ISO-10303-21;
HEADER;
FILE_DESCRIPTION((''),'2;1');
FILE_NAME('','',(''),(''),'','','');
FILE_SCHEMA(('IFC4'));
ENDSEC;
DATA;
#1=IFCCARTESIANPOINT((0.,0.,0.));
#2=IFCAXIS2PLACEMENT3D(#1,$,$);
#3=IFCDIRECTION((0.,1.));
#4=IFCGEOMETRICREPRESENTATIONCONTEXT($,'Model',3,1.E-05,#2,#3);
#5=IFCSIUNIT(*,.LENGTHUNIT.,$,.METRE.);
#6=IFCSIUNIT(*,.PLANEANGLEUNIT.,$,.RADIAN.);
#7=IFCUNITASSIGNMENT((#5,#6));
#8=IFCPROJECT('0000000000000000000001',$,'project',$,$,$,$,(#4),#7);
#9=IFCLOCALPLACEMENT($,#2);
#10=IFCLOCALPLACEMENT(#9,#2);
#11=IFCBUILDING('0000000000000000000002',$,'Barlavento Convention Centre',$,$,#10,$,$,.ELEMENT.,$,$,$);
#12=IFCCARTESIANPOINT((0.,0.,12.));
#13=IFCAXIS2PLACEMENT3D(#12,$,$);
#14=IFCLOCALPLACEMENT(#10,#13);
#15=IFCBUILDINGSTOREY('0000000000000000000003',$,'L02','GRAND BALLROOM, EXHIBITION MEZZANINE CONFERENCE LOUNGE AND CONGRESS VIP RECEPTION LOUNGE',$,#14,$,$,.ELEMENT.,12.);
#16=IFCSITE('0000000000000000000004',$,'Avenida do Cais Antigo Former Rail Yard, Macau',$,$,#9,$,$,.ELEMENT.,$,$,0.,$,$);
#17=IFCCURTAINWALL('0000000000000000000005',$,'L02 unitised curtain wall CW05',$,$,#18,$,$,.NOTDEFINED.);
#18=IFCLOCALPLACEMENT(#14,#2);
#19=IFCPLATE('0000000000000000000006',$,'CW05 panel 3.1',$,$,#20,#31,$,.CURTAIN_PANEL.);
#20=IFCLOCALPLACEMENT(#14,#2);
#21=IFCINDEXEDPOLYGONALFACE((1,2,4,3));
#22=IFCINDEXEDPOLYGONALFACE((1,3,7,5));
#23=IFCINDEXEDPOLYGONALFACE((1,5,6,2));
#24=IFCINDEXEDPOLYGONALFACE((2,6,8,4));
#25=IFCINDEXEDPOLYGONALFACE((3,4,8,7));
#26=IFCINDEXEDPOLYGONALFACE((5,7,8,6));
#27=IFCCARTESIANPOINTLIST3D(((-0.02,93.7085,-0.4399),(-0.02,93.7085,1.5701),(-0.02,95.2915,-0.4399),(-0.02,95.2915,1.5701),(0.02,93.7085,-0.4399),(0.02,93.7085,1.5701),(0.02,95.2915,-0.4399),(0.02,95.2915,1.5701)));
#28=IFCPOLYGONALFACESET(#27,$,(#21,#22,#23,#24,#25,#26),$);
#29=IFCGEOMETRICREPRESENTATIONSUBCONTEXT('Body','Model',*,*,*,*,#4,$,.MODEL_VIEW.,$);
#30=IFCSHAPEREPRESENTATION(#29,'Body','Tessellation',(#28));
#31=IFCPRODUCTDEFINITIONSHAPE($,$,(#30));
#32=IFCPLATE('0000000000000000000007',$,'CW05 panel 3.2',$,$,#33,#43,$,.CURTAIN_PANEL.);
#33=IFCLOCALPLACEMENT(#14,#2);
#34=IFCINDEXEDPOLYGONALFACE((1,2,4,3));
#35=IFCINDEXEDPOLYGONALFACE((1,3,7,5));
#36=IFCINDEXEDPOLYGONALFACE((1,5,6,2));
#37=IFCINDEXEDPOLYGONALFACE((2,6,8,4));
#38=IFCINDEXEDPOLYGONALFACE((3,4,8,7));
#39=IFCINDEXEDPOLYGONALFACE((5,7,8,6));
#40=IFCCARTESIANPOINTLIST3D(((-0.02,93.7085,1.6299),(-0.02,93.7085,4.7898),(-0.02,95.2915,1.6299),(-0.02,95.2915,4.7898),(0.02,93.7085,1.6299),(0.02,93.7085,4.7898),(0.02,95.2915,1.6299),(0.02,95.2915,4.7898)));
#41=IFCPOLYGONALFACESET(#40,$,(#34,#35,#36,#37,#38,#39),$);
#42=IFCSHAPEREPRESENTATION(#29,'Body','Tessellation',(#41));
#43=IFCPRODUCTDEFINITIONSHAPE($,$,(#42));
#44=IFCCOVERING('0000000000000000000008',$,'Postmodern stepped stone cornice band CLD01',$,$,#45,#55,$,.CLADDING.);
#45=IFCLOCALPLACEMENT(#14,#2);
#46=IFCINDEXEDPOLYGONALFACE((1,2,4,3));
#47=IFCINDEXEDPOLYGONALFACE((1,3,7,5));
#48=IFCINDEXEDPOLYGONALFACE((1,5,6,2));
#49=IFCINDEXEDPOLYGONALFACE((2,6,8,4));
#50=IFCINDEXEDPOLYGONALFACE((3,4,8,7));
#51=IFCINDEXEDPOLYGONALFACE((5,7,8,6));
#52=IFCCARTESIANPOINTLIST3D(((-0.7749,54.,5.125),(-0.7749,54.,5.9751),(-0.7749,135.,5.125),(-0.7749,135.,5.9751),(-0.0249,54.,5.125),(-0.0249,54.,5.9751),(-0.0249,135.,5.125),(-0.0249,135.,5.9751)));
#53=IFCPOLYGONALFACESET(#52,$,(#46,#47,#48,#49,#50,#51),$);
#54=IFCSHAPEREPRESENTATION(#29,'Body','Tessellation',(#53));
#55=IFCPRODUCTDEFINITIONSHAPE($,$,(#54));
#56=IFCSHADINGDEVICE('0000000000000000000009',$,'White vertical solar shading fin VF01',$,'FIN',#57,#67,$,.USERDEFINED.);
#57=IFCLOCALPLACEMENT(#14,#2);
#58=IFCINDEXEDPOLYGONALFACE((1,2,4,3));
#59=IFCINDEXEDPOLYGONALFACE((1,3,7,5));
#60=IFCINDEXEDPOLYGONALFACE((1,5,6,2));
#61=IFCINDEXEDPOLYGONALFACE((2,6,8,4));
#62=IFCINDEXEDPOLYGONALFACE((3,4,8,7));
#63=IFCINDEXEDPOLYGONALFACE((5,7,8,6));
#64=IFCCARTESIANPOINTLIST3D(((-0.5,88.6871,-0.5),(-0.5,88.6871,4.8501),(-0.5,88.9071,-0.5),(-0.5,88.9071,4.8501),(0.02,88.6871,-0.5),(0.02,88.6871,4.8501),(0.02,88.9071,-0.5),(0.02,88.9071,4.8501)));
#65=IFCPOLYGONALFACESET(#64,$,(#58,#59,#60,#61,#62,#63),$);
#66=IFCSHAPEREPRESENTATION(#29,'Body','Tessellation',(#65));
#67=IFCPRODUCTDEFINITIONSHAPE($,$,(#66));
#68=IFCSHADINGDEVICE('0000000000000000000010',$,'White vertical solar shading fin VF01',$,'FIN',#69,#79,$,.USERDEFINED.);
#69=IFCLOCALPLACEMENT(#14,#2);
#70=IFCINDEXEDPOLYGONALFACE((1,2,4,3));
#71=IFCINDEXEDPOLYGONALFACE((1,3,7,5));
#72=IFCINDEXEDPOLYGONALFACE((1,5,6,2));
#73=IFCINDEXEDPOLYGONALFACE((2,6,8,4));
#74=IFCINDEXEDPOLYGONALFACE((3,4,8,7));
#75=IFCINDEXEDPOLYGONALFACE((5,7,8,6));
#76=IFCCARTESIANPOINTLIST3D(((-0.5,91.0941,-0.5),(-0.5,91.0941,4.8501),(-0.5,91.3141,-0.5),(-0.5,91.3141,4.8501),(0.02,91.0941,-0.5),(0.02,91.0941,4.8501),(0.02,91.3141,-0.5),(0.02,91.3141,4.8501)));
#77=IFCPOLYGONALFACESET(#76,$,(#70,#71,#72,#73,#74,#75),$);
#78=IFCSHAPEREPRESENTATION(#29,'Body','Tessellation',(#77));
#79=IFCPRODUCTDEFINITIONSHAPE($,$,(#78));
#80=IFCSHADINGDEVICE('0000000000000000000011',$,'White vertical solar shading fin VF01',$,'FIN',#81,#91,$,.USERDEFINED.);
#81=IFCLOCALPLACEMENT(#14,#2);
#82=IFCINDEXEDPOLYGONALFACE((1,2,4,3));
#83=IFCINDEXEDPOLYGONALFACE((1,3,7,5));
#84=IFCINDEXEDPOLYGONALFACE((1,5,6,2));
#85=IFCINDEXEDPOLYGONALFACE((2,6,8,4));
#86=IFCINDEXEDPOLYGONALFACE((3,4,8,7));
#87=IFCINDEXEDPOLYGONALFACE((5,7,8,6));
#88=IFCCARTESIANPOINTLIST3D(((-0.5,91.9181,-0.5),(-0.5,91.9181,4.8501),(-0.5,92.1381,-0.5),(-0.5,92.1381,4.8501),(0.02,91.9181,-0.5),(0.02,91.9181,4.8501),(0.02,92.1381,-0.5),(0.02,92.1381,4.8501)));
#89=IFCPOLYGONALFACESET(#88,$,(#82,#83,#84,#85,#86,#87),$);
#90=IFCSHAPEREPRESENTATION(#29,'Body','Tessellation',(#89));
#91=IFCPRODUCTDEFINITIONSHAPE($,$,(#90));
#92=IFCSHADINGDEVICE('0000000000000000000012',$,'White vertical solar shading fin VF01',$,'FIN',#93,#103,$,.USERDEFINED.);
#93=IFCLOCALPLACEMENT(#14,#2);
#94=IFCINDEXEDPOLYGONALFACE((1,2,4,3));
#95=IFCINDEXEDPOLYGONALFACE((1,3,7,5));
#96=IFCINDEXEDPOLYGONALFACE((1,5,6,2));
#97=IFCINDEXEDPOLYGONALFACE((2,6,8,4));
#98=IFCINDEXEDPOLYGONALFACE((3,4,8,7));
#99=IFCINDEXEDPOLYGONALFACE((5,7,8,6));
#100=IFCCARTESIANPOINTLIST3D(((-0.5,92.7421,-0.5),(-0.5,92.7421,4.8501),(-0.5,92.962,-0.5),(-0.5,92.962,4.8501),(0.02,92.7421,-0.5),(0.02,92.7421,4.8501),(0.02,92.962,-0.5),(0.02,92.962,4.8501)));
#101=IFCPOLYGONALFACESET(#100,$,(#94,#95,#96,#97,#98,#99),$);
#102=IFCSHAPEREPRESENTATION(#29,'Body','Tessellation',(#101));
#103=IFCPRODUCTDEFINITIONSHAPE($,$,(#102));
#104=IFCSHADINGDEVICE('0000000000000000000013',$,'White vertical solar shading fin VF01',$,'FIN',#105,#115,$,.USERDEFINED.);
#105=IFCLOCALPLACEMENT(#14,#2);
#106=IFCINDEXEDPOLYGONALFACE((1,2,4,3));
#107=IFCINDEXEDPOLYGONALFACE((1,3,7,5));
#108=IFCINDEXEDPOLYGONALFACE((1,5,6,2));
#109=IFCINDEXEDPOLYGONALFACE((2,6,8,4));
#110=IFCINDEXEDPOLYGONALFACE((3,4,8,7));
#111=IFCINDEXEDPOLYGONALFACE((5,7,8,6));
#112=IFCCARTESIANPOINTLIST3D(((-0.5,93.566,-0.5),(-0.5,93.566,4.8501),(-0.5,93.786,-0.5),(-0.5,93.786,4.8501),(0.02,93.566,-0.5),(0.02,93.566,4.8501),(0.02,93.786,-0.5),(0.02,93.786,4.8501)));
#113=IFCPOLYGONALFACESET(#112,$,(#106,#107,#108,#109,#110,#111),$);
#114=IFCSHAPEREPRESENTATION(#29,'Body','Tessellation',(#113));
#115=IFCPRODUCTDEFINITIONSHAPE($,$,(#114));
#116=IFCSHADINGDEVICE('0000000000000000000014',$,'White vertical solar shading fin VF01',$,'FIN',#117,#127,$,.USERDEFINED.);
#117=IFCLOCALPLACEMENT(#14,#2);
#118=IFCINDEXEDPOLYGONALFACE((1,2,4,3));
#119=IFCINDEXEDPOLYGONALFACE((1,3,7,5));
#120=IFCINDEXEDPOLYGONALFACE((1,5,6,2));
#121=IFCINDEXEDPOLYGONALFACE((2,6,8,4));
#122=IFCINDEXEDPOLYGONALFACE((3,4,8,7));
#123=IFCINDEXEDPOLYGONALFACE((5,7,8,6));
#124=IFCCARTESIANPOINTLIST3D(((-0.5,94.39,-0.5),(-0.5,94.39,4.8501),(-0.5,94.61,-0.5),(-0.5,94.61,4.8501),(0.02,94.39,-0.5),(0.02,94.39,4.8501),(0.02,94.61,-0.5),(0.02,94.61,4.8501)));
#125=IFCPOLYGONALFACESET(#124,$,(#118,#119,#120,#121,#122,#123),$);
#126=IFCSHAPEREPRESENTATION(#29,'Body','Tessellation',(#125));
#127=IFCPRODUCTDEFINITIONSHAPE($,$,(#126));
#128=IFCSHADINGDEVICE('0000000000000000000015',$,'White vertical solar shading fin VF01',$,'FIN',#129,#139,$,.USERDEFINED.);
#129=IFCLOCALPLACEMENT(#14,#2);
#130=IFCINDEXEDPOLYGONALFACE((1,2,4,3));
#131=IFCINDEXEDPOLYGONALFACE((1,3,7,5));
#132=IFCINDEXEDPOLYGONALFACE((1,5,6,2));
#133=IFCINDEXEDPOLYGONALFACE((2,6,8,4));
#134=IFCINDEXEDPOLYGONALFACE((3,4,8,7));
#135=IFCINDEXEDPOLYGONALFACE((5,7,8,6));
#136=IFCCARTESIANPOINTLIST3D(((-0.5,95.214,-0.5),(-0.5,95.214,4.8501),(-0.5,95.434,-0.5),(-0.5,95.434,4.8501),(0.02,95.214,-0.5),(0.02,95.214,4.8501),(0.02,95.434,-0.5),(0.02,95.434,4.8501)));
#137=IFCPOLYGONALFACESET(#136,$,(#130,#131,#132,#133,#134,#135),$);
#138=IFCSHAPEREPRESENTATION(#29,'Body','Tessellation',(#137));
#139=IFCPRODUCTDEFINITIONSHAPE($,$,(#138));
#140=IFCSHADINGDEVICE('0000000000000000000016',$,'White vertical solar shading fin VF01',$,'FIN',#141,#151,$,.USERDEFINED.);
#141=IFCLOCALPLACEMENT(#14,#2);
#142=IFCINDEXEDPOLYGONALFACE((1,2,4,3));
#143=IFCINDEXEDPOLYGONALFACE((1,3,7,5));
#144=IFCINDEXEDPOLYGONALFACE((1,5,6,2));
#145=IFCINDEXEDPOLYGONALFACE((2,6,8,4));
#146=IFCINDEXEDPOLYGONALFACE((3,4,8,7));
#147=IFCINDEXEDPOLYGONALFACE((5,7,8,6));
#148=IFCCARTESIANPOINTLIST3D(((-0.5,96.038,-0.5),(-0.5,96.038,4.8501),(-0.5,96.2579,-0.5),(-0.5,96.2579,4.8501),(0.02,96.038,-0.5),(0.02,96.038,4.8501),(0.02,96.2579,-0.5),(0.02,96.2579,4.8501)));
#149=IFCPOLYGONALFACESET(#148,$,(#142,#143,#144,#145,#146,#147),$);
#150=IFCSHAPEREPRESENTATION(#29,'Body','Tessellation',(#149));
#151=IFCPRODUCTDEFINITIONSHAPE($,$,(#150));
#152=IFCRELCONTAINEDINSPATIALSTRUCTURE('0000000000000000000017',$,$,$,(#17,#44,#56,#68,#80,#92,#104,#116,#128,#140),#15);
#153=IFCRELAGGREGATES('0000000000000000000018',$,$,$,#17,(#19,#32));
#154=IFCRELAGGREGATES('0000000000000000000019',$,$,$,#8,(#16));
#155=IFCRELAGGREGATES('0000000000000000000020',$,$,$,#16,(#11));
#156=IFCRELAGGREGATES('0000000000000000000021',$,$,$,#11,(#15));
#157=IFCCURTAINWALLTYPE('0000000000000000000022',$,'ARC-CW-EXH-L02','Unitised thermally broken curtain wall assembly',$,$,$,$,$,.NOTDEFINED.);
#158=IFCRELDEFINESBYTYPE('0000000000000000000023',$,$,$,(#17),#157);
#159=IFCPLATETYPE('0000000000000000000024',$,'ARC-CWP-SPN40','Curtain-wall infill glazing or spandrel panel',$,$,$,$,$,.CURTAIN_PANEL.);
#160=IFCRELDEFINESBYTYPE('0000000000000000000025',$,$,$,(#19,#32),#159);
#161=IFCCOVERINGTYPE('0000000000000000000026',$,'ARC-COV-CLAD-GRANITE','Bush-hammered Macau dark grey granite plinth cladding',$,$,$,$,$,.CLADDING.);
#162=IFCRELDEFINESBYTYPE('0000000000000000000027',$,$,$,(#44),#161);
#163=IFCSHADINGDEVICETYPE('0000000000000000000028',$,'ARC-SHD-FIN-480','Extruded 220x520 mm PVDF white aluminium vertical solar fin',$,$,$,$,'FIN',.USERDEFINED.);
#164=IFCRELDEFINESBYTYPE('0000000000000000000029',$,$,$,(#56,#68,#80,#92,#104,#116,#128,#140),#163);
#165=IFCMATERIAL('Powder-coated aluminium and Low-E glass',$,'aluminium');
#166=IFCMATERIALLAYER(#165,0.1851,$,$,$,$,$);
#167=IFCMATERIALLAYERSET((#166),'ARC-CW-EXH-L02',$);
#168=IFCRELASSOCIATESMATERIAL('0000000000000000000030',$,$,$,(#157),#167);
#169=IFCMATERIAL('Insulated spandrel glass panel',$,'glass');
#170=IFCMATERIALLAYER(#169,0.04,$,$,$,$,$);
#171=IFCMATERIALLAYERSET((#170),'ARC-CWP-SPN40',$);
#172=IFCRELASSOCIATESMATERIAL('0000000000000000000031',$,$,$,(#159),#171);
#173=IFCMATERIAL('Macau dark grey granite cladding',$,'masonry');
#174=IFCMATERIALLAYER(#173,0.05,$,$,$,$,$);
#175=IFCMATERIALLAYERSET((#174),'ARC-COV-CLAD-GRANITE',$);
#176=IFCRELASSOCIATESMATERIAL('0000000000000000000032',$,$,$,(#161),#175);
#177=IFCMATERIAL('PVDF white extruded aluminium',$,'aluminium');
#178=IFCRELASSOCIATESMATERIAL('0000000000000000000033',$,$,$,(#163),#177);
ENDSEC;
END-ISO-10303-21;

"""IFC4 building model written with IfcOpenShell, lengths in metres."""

from ifc_helpers import new_model, si_unit, direction, frame, origin, origin_2d, place, context, subcontext, project, spatial, rectangle, extrude, material, layer, layer_set, type_object, element, aggregate, save


model = new_model("IFC4")

# Units and contexts
model_context = context("Model", 3, precision=1e-05, world=origin(), true_north=direction((0.0, 1.0)))
body_context = subcontext(model_context, "Body", "Model", "MODEL_VIEW")
ifc_project = project(units=[si_unit("LENGTHUNIT", "METRE"), si_unit("PLANEANGLEUNIT", "RADIAN")], contexts=[model_context])

# Site, building, storey
site_placement = place(None, origin())
site = spatial("IfcSite", under=ifc_project, at=site_placement, Name="Avenida do Cais Antigo Former Rail Yard, Macau", CompositionType="ELEMENT", RefElevation=0.0)
building_placement = place(site_placement, origin())
building = spatial("IfcBuilding", under=site, at=building_placement, Name="Barlavento Convention Centre", CompositionType="ELEMENT")
storey_placement = place(building_placement, frame((0.0, 0.0, 12.0)))
storey = spatial("IfcBuildingStorey", under=building, at=storey_placement, Name="L02", Description="GRAND BALLROOM, EXHIBITION MEZZANINE CONFERENCE LOUNGE AND CONGRESS VIP RECEPTION LOUNGE", CompositionType="ELEMENT", Elevation=12.0)

# Shared definitions
ifc_material_1 = material(Name="Powder-coated aluminium and Low-E glass", Category="aluminium")
ifc_layer_1 = layer(ifc_material_1, 0.1851)
ifc_layer_set_1 = layer_set([ifc_layer_1], Name="ARC-CW-EXH-L02")
curtain_wall_type = type_object("IfcCurtainWallType", Name="ARC-CW-EXH-L02", Description="Unitised thermally broken curtain wall assembly", PredefinedType="NOTDEFINED", material=ifc_layer_set_1)

# Curtain wall
curtain_wall_1_placement = place(storey_placement, origin())
curtain_wall_1 = element("IfcCurtainWall", 1, at=curtain_wall_1_placement, inside=storey, type_object=curtain_wall_type, Name="L02 unitised curtain wall CW05", PredefinedType="NOTDEFINED")

# Plates
ifc_material_2 = material(Name="Insulated spandrel glass panel", Category="glass")
ifc_layer_2 = layer(ifc_material_2, 0.04)
ifc_layer_set_2 = layer_set([ifc_layer_2], Name="ARC-CWP-SPN40")
plate_type = type_object("IfcPlateType", Name="ARC-CWP-SPN40", Description="Curtain-wall infill glazing or spandrel panel", PredefinedType="CURTAIN_PANEL", material=ifc_layer_set_2)
plate_1_placement = place(storey_placement, frame((0.0, 94.5, -0.4399), z_axis=(0.0, 0.0, 1.0), x_axis=(0.0, 1.0, 0.0)))
plate_1 = element("IfcPlate", 2, at=plate_1_placement, type_object=plate_type, Name="CW05 panel 3.1", PredefinedType="CURTAIN_PANEL", context=body_context, shape_type="SweptSolid", body=[
    extrude(rectangle(XDim=1.583, YDim=0.04, at=origin_2d()), origin(), (0.0, 0.0, 1.0), 2.01),
])
plate_2_placement = place(storey_placement, frame((0.0, 94.5, 1.6299), z_axis=(0.0, 0.0, 1.0), x_axis=(0.0, 1.0, 0.0)))
plate_2 = element("IfcPlate", 3, at=plate_2_placement, type_object=plate_type, Name="CW05 panel 3.2", PredefinedType="CURTAIN_PANEL", context=body_context, shape_type="SweptSolid", body=[
    extrude(rectangle(XDim=1.583, YDim=0.04, at=origin_2d()), origin(), (0.0, 0.0, 1.0), 3.1599),
])
aggregate(curtain_wall_1, [plate_1, plate_2])

# Covering
ifc_material_3 = material(Name="Macau dark grey granite cladding", Category="masonry")
ifc_layer_3 = layer(ifc_material_3, 0.05)
ifc_layer_set_3 = layer_set([ifc_layer_3], Name="ARC-COV-CLAD-GRANITE")
covering_type = type_object("IfcCoveringType", Name="ARC-COV-CLAD-GRANITE", Description="Bush-hammered Macau dark grey granite plinth cladding", PredefinedType="CLADDING", material=ifc_layer_set_3)
covering_placement = place(storey_placement, frame((-0.3999, 94.5, 5.125), z_axis=(0.0, 0.0, 1.0), x_axis=(1.0, 0.0, 0.0)))
element("IfcCovering", 4, at=covering_placement, inside=storey, type_object=covering_type, Name="Postmodern stepped stone cornice band CLD01", PredefinedType="CLADDING", context=body_context, shape_type="SweptSolid", body=[
    extrude(rectangle(XDim=0.75, YDim=81.0, at=origin_2d()), origin(), (0.0, 0.0, 1.0), 0.8501),
])

# Shading devices
ifc_material_4 = material(Name="PVDF white extruded aluminium", Category="aluminium")
shading_device_type = type_object("IfcShadingDeviceType", Name="ARC-SHD-FIN-480", Description="Extruded 220x520 mm PVDF white aluminium vertical solar fin", ElementType="FIN", PredefinedType="USERDEFINED", material=ifc_material_4)
for number, where, z_axis, x_axis, name in (
    (5, (-0.24, 88.7971, -0.5), (0.0, 0.0, 1.0), (0.0, 1.0, 0.0), "White vertical solar shading fin VF01"),
    (6, (-0.24, 91.2041, -0.5), (0.0, 0.0, 1.0), (0.0, 1.0, 0.0), "White vertical solar shading fin VF01"),
    (7, (-0.24, 92.0281, -0.5), (0.0, 0.0, 1.0), (0.0, 1.0, 0.0), "White vertical solar shading fin VF01"),
    (8, (-0.24, 92.8521, -0.5), (0.0, 0.0, 1.0), (0.0, 1.0, 0.0), "White vertical solar shading fin VF01"),
    (9, (-0.24, 93.676, -0.5), (0.0, 0.0, 1.0), (0.0, 1.0, 0.0), "White vertical solar shading fin VF01"),
    (10, (-0.24, 94.5, -0.5), (0.0, 0.0, 1.0), (0.0, 1.0, 0.0), "White vertical solar shading fin VF01"),
    (11, (-0.24, 95.324, -0.5), (0.0, 0.0, 1.0), (0.0, 1.0, 0.0), "White vertical solar shading fin VF01"),
    (12, (-0.24, 96.1479, -0.5), (0.0, 0.0, 1.0), (0.0, 1.0, 0.0), "White vertical solar shading fin VF01"),
):
    element("IfcShadingDevice", number, at=place(storey_placement, frame(where, z_axis=z_axis, x_axis=x_axis)), inside=storey, type_object=shading_device_type, Name=name, ObjectType="FIN", PredefinedType="USERDEFINED", context=body_context, shape_type="SweptSolid", body=[
        extrude(rectangle(XDim=0.22, YDim=0.52, at=origin_2d()), origin(), (0.0, 0.0, 1.0), 5.3501),
    ])

save(model, "model.ifc")
